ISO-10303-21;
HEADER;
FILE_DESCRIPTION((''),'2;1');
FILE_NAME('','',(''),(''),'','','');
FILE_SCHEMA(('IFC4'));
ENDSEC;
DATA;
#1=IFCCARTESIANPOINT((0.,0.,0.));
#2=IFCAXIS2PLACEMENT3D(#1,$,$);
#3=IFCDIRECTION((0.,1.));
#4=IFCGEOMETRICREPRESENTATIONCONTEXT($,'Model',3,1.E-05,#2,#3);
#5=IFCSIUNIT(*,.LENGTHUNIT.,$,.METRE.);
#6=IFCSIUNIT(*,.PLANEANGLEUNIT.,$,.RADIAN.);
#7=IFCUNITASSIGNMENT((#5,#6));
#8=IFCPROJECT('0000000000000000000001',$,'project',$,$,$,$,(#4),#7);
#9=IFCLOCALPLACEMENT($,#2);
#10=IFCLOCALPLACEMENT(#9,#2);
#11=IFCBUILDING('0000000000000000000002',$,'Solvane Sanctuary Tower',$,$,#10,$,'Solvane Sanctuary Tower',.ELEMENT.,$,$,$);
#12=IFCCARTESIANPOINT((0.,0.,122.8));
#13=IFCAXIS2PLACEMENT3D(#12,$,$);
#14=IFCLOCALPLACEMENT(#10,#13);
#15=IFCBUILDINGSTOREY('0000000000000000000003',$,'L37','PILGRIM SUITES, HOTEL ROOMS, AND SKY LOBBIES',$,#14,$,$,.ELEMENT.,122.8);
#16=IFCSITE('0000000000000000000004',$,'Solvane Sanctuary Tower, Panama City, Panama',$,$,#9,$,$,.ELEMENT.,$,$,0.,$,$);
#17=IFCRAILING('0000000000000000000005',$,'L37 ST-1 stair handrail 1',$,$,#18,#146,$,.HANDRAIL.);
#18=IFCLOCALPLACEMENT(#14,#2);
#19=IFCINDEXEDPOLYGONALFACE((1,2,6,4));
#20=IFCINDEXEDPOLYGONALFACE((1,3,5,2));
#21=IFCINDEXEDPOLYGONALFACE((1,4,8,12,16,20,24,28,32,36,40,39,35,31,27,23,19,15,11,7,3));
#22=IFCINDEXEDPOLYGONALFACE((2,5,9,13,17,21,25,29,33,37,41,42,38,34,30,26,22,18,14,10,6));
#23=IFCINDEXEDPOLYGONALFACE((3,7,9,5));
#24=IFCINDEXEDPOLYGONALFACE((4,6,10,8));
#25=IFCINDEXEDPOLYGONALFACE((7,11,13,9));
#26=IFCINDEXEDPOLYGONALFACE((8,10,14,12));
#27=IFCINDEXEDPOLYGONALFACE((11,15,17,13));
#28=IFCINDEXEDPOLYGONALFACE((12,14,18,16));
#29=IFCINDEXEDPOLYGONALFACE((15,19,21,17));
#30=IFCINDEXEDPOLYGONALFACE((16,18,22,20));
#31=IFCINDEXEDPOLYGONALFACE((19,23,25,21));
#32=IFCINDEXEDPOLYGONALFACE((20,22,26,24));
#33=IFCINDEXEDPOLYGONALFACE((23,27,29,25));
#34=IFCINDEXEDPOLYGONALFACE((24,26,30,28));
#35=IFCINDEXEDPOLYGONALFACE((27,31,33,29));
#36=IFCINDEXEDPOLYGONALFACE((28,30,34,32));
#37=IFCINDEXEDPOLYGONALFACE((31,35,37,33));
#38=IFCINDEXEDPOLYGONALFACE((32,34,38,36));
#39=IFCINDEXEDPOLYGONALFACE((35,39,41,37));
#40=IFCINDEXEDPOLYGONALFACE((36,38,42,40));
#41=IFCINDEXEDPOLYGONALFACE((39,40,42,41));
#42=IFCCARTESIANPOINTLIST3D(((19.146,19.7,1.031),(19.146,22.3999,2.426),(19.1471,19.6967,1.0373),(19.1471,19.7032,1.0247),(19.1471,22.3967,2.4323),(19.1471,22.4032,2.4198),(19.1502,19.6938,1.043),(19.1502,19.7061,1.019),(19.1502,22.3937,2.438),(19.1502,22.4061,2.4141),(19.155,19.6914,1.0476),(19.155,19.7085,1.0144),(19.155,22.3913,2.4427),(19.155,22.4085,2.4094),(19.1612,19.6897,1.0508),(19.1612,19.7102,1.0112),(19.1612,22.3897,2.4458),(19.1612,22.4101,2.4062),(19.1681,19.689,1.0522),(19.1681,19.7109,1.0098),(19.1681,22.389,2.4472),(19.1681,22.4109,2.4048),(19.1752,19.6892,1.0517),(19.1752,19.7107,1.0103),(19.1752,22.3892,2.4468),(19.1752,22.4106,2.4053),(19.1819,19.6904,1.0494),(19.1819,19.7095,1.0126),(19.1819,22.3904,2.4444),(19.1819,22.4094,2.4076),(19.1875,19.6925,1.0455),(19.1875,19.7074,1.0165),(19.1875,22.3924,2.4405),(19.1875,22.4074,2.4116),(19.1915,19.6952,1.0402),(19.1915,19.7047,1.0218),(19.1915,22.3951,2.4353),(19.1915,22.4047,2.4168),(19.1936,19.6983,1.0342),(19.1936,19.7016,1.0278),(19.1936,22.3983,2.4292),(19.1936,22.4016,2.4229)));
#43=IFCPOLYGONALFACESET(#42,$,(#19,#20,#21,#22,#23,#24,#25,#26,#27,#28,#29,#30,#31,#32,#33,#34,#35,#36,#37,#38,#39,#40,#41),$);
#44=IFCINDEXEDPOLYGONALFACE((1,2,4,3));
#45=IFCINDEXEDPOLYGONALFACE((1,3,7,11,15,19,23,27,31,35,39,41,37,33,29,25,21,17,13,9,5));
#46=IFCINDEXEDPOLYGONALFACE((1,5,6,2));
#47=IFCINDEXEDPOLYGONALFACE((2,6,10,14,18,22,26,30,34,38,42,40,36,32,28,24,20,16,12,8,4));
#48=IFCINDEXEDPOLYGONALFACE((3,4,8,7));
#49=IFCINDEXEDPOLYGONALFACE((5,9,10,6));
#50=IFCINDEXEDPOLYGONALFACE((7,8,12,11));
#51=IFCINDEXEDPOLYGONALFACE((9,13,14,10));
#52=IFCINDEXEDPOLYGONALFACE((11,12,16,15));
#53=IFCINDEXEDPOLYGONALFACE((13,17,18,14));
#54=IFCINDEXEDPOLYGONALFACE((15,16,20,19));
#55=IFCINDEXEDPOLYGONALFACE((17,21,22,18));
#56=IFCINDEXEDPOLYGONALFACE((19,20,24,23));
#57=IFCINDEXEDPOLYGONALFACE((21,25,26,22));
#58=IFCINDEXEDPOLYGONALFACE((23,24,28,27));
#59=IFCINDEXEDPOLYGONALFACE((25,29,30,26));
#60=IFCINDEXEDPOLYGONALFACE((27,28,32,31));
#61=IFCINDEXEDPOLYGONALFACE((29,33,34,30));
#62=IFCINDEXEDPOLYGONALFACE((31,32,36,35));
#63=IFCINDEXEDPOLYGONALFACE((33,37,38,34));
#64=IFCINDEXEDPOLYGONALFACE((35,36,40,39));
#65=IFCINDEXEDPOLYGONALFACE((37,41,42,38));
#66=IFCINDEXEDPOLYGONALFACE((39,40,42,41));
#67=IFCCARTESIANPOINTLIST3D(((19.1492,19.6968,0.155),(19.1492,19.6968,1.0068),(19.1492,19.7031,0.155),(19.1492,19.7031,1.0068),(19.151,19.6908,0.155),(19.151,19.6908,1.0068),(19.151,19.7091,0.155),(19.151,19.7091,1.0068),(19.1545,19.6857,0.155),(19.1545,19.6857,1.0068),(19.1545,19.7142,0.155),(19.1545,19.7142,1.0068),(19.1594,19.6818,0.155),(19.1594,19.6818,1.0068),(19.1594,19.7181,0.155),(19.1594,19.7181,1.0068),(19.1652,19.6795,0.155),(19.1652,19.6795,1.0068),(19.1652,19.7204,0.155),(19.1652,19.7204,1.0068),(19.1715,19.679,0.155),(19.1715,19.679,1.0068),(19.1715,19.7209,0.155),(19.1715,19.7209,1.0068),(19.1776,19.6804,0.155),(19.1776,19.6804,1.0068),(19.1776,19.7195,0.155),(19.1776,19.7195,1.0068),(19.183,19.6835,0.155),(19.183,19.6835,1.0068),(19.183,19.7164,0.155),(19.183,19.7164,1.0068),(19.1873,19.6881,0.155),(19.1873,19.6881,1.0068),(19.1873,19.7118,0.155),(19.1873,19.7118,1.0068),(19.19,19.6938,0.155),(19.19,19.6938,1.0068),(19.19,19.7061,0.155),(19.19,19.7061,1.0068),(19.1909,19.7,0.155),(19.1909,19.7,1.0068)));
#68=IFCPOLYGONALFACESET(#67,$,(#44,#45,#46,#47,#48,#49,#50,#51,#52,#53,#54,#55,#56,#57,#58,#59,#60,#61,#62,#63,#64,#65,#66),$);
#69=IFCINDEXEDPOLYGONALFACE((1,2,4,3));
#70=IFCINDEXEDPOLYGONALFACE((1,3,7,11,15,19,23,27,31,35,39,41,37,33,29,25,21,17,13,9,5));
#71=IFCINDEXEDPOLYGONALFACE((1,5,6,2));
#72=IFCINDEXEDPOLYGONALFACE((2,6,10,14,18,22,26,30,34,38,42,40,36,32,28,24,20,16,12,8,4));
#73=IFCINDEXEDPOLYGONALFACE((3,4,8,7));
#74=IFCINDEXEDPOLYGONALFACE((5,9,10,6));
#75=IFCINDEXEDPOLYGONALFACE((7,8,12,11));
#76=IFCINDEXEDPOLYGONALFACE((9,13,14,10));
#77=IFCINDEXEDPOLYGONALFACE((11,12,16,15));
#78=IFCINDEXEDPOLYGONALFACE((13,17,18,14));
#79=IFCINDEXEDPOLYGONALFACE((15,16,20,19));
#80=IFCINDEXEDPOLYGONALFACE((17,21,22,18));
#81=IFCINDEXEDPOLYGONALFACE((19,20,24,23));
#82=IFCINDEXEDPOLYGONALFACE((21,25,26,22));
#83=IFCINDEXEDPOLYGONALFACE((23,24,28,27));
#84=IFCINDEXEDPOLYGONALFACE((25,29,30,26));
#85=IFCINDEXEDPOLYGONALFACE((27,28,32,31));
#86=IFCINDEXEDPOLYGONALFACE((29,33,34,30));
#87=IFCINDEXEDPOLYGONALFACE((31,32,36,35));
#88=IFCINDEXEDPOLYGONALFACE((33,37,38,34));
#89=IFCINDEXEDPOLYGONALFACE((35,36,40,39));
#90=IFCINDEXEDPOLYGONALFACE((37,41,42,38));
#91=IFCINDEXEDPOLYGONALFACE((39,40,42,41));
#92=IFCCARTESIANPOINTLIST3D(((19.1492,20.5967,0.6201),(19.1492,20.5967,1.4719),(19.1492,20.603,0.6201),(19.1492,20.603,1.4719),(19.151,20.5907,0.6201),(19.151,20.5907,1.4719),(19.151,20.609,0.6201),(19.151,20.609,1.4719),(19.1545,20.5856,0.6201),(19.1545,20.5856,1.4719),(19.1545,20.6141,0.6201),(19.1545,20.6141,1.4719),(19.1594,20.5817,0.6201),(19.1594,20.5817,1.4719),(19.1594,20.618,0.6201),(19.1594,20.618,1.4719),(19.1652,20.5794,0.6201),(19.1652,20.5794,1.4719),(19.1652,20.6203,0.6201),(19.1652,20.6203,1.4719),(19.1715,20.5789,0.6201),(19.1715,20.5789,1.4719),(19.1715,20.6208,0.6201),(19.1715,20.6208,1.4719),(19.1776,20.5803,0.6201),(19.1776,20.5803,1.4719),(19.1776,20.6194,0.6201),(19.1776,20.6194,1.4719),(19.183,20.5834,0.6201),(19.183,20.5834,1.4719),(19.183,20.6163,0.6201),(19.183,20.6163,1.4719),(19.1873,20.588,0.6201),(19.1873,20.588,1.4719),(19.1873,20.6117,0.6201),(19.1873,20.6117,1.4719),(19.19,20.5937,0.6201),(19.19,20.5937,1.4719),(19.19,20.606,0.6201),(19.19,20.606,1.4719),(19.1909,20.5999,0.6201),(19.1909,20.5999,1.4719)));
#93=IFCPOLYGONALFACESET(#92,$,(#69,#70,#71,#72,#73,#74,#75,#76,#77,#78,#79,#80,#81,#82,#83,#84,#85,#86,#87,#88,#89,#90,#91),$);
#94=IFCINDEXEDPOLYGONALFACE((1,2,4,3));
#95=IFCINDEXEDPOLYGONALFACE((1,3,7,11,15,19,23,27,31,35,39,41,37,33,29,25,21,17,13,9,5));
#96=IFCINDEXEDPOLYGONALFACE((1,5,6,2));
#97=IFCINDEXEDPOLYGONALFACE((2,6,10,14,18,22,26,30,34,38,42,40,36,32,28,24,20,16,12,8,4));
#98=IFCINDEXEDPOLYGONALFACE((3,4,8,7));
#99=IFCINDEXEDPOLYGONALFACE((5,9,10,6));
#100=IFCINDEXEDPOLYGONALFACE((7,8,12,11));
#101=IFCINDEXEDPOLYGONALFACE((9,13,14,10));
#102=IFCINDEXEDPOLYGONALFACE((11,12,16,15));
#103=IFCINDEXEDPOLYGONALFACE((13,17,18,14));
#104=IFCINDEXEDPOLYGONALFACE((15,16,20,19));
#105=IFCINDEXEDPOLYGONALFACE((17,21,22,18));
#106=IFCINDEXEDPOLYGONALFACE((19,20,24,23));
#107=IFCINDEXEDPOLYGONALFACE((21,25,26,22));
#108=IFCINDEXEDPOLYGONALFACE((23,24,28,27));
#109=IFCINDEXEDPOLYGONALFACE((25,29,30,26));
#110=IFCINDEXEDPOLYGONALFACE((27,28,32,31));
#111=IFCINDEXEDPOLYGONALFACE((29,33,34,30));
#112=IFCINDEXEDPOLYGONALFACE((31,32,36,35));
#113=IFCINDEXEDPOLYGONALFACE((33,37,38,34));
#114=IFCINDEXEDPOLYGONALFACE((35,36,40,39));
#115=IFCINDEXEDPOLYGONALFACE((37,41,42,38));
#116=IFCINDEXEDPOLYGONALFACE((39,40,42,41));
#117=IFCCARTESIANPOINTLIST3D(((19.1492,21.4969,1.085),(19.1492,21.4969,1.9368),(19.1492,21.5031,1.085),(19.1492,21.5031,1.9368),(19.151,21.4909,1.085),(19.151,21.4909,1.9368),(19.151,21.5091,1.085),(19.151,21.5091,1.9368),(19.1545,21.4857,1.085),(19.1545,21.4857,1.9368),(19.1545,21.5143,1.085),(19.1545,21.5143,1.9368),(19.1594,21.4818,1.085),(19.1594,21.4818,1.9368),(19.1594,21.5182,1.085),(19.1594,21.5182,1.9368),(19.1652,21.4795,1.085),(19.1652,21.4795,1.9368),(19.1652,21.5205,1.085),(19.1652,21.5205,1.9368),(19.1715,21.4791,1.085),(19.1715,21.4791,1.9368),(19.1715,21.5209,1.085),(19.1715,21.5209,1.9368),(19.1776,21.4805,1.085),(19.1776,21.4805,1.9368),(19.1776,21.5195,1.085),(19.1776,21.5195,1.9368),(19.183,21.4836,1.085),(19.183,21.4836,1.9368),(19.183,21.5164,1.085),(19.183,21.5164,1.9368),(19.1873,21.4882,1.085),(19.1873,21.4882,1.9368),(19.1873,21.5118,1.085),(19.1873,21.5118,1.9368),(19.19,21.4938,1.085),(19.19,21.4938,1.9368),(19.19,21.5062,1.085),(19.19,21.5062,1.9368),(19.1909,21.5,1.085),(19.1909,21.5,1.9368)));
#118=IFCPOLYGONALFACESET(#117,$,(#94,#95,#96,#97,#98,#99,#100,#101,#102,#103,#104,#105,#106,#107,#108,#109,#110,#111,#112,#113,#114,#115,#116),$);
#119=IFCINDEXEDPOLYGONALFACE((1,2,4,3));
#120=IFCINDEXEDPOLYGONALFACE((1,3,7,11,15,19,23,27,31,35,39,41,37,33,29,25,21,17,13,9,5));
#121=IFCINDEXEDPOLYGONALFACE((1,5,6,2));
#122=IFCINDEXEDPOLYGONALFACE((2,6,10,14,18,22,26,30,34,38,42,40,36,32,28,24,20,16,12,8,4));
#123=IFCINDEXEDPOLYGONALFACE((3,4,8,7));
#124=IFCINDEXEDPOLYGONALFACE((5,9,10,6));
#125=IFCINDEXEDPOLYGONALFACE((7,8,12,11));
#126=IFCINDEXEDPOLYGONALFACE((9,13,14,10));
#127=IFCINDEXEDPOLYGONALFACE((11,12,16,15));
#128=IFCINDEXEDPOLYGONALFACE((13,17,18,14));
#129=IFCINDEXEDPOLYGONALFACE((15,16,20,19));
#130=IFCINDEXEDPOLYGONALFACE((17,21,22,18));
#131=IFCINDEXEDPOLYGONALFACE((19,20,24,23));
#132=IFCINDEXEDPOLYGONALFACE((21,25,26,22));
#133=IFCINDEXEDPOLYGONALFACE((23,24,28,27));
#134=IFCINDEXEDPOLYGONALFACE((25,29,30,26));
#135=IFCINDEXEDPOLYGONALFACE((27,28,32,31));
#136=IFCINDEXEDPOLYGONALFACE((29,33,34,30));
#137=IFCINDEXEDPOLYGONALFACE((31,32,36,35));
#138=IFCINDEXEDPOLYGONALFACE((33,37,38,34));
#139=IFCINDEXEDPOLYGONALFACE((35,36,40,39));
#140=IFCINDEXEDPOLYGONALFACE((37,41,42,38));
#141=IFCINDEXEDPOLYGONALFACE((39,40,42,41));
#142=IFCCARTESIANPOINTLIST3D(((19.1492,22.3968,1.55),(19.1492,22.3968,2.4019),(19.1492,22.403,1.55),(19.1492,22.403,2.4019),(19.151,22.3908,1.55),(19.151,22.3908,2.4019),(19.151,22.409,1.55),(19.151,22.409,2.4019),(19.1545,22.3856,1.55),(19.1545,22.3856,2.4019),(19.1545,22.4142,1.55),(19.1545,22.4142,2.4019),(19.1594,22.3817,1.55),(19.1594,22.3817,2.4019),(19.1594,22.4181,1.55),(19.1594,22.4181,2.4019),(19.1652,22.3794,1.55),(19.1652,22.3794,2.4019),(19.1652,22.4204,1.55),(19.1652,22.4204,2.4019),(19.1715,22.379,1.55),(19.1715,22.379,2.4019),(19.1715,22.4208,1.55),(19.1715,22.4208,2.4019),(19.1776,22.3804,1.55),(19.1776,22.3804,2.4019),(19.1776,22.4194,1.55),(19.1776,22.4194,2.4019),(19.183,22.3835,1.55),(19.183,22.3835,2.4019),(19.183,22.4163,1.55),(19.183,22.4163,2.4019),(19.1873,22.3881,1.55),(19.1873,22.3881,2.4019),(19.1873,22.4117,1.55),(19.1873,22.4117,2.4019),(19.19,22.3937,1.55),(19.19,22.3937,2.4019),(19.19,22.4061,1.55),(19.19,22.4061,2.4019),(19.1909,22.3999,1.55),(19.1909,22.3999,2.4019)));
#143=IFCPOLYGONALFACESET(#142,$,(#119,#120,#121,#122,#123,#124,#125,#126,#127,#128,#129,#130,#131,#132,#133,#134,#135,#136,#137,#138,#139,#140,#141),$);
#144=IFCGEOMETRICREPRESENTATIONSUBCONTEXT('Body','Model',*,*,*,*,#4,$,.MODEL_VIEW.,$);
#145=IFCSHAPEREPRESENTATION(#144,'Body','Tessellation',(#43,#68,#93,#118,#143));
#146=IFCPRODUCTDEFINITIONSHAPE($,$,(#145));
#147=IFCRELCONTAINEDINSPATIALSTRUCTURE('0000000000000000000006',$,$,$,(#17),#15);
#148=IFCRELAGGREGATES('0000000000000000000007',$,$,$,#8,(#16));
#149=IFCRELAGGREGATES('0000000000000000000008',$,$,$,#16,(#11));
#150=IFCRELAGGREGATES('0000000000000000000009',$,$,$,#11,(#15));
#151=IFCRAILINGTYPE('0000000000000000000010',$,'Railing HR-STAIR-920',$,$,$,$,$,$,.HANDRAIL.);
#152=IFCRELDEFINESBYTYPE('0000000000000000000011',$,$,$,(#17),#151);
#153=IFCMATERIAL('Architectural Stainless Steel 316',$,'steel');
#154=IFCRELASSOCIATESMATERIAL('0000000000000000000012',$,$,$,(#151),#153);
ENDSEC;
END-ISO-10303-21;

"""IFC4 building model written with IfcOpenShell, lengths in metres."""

from ifc_helpers import new_model, si_unit, direction, frame, origin, origin_2d, place, context, subcontext, project, spatial, circle, extrude, material, type_object, element, save


model = new_model("IFC4")

# Units and contexts
model_context = context("Model", 3, precision=1e-05, world=origin(), true_north=direction((0.0, 1.0)))
body_context = subcontext(model_context, "Body", "Model", "MODEL_VIEW")
ifc_project = project(units=[si_unit("LENGTHUNIT", "METRE"), si_unit("PLANEANGLEUNIT", "RADIAN")], contexts=[model_context])

# Site, building, storey
site_placement = place(None, origin())
site = spatial("IfcSite", under=ifc_project, at=site_placement, Name="Solvane Sanctuary Tower, Panama City, Panama", CompositionType="ELEMENT", RefElevation=0.0)
building_placement = place(site_placement, origin())
building = spatial("IfcBuilding", under=site, at=building_placement, Name="Solvane Sanctuary Tower", LongName="Solvane Sanctuary Tower", CompositionType="ELEMENT")
storey_placement = place(building_placement, frame((0.0, 0.0, 122.8)))
storey = spatial("IfcBuildingStorey", under=building, at=storey_placement, Name="L37", Description="PILGRIM SUITES, HOTEL ROOMS, AND SKY LOBBIES", CompositionType="ELEMENT", Elevation=122.8)

# Shared definitions
ifc_material_1 = material(Name="Architectural Stainless Steel 316", Category="steel")

# Railing
railing_type = type_object("IfcRailingType", Name="Railing HR-STAIR-920", PredefinedType="HANDRAIL", material=ifc_material_1)
railing_placement = place(storey_placement, frame((19.1699, 19.7, 0.155)))
element("IfcRailing", 1, at=railing_placement, inside=storey, type_object=railing_type, Name="L37 ST-1 stair handrail 1", PredefinedType="HANDRAIL", context=body_context, shape_type="SweptSolid", body=[
    extrude(circle(Radius=0.0239, at=origin_2d()), frame((0.0, 0.0, 0.876), z_axis=(0.0, 0.88842, 0.459032), x_axis=(-1.0, 0.0, 0.0)), (0.0, 0.0, 1.0), 3.0391),
    extrude(circle(Radius=0.021, at=origin_2d()), origin(), (0.0, 0.0, 1.0), 0.8518),
    extrude(circle(Radius=0.021, at=origin_2d()), frame((0.0, 0.8999, 0.4651)), (0.0, 0.0, 1.0), 0.8518),
    extrude(circle(Radius=0.021, at=origin_2d()), frame((0.0, 1.8, 0.9299)), (0.0, 0.0, 1.0), 0.8518),
    extrude(circle(Radius=0.021, at=origin_2d()), frame((0.0, 2.7, 1.395)), (0.0, 0.0, 1.0), 0.8518),
])

save(model, "model.ifc")
